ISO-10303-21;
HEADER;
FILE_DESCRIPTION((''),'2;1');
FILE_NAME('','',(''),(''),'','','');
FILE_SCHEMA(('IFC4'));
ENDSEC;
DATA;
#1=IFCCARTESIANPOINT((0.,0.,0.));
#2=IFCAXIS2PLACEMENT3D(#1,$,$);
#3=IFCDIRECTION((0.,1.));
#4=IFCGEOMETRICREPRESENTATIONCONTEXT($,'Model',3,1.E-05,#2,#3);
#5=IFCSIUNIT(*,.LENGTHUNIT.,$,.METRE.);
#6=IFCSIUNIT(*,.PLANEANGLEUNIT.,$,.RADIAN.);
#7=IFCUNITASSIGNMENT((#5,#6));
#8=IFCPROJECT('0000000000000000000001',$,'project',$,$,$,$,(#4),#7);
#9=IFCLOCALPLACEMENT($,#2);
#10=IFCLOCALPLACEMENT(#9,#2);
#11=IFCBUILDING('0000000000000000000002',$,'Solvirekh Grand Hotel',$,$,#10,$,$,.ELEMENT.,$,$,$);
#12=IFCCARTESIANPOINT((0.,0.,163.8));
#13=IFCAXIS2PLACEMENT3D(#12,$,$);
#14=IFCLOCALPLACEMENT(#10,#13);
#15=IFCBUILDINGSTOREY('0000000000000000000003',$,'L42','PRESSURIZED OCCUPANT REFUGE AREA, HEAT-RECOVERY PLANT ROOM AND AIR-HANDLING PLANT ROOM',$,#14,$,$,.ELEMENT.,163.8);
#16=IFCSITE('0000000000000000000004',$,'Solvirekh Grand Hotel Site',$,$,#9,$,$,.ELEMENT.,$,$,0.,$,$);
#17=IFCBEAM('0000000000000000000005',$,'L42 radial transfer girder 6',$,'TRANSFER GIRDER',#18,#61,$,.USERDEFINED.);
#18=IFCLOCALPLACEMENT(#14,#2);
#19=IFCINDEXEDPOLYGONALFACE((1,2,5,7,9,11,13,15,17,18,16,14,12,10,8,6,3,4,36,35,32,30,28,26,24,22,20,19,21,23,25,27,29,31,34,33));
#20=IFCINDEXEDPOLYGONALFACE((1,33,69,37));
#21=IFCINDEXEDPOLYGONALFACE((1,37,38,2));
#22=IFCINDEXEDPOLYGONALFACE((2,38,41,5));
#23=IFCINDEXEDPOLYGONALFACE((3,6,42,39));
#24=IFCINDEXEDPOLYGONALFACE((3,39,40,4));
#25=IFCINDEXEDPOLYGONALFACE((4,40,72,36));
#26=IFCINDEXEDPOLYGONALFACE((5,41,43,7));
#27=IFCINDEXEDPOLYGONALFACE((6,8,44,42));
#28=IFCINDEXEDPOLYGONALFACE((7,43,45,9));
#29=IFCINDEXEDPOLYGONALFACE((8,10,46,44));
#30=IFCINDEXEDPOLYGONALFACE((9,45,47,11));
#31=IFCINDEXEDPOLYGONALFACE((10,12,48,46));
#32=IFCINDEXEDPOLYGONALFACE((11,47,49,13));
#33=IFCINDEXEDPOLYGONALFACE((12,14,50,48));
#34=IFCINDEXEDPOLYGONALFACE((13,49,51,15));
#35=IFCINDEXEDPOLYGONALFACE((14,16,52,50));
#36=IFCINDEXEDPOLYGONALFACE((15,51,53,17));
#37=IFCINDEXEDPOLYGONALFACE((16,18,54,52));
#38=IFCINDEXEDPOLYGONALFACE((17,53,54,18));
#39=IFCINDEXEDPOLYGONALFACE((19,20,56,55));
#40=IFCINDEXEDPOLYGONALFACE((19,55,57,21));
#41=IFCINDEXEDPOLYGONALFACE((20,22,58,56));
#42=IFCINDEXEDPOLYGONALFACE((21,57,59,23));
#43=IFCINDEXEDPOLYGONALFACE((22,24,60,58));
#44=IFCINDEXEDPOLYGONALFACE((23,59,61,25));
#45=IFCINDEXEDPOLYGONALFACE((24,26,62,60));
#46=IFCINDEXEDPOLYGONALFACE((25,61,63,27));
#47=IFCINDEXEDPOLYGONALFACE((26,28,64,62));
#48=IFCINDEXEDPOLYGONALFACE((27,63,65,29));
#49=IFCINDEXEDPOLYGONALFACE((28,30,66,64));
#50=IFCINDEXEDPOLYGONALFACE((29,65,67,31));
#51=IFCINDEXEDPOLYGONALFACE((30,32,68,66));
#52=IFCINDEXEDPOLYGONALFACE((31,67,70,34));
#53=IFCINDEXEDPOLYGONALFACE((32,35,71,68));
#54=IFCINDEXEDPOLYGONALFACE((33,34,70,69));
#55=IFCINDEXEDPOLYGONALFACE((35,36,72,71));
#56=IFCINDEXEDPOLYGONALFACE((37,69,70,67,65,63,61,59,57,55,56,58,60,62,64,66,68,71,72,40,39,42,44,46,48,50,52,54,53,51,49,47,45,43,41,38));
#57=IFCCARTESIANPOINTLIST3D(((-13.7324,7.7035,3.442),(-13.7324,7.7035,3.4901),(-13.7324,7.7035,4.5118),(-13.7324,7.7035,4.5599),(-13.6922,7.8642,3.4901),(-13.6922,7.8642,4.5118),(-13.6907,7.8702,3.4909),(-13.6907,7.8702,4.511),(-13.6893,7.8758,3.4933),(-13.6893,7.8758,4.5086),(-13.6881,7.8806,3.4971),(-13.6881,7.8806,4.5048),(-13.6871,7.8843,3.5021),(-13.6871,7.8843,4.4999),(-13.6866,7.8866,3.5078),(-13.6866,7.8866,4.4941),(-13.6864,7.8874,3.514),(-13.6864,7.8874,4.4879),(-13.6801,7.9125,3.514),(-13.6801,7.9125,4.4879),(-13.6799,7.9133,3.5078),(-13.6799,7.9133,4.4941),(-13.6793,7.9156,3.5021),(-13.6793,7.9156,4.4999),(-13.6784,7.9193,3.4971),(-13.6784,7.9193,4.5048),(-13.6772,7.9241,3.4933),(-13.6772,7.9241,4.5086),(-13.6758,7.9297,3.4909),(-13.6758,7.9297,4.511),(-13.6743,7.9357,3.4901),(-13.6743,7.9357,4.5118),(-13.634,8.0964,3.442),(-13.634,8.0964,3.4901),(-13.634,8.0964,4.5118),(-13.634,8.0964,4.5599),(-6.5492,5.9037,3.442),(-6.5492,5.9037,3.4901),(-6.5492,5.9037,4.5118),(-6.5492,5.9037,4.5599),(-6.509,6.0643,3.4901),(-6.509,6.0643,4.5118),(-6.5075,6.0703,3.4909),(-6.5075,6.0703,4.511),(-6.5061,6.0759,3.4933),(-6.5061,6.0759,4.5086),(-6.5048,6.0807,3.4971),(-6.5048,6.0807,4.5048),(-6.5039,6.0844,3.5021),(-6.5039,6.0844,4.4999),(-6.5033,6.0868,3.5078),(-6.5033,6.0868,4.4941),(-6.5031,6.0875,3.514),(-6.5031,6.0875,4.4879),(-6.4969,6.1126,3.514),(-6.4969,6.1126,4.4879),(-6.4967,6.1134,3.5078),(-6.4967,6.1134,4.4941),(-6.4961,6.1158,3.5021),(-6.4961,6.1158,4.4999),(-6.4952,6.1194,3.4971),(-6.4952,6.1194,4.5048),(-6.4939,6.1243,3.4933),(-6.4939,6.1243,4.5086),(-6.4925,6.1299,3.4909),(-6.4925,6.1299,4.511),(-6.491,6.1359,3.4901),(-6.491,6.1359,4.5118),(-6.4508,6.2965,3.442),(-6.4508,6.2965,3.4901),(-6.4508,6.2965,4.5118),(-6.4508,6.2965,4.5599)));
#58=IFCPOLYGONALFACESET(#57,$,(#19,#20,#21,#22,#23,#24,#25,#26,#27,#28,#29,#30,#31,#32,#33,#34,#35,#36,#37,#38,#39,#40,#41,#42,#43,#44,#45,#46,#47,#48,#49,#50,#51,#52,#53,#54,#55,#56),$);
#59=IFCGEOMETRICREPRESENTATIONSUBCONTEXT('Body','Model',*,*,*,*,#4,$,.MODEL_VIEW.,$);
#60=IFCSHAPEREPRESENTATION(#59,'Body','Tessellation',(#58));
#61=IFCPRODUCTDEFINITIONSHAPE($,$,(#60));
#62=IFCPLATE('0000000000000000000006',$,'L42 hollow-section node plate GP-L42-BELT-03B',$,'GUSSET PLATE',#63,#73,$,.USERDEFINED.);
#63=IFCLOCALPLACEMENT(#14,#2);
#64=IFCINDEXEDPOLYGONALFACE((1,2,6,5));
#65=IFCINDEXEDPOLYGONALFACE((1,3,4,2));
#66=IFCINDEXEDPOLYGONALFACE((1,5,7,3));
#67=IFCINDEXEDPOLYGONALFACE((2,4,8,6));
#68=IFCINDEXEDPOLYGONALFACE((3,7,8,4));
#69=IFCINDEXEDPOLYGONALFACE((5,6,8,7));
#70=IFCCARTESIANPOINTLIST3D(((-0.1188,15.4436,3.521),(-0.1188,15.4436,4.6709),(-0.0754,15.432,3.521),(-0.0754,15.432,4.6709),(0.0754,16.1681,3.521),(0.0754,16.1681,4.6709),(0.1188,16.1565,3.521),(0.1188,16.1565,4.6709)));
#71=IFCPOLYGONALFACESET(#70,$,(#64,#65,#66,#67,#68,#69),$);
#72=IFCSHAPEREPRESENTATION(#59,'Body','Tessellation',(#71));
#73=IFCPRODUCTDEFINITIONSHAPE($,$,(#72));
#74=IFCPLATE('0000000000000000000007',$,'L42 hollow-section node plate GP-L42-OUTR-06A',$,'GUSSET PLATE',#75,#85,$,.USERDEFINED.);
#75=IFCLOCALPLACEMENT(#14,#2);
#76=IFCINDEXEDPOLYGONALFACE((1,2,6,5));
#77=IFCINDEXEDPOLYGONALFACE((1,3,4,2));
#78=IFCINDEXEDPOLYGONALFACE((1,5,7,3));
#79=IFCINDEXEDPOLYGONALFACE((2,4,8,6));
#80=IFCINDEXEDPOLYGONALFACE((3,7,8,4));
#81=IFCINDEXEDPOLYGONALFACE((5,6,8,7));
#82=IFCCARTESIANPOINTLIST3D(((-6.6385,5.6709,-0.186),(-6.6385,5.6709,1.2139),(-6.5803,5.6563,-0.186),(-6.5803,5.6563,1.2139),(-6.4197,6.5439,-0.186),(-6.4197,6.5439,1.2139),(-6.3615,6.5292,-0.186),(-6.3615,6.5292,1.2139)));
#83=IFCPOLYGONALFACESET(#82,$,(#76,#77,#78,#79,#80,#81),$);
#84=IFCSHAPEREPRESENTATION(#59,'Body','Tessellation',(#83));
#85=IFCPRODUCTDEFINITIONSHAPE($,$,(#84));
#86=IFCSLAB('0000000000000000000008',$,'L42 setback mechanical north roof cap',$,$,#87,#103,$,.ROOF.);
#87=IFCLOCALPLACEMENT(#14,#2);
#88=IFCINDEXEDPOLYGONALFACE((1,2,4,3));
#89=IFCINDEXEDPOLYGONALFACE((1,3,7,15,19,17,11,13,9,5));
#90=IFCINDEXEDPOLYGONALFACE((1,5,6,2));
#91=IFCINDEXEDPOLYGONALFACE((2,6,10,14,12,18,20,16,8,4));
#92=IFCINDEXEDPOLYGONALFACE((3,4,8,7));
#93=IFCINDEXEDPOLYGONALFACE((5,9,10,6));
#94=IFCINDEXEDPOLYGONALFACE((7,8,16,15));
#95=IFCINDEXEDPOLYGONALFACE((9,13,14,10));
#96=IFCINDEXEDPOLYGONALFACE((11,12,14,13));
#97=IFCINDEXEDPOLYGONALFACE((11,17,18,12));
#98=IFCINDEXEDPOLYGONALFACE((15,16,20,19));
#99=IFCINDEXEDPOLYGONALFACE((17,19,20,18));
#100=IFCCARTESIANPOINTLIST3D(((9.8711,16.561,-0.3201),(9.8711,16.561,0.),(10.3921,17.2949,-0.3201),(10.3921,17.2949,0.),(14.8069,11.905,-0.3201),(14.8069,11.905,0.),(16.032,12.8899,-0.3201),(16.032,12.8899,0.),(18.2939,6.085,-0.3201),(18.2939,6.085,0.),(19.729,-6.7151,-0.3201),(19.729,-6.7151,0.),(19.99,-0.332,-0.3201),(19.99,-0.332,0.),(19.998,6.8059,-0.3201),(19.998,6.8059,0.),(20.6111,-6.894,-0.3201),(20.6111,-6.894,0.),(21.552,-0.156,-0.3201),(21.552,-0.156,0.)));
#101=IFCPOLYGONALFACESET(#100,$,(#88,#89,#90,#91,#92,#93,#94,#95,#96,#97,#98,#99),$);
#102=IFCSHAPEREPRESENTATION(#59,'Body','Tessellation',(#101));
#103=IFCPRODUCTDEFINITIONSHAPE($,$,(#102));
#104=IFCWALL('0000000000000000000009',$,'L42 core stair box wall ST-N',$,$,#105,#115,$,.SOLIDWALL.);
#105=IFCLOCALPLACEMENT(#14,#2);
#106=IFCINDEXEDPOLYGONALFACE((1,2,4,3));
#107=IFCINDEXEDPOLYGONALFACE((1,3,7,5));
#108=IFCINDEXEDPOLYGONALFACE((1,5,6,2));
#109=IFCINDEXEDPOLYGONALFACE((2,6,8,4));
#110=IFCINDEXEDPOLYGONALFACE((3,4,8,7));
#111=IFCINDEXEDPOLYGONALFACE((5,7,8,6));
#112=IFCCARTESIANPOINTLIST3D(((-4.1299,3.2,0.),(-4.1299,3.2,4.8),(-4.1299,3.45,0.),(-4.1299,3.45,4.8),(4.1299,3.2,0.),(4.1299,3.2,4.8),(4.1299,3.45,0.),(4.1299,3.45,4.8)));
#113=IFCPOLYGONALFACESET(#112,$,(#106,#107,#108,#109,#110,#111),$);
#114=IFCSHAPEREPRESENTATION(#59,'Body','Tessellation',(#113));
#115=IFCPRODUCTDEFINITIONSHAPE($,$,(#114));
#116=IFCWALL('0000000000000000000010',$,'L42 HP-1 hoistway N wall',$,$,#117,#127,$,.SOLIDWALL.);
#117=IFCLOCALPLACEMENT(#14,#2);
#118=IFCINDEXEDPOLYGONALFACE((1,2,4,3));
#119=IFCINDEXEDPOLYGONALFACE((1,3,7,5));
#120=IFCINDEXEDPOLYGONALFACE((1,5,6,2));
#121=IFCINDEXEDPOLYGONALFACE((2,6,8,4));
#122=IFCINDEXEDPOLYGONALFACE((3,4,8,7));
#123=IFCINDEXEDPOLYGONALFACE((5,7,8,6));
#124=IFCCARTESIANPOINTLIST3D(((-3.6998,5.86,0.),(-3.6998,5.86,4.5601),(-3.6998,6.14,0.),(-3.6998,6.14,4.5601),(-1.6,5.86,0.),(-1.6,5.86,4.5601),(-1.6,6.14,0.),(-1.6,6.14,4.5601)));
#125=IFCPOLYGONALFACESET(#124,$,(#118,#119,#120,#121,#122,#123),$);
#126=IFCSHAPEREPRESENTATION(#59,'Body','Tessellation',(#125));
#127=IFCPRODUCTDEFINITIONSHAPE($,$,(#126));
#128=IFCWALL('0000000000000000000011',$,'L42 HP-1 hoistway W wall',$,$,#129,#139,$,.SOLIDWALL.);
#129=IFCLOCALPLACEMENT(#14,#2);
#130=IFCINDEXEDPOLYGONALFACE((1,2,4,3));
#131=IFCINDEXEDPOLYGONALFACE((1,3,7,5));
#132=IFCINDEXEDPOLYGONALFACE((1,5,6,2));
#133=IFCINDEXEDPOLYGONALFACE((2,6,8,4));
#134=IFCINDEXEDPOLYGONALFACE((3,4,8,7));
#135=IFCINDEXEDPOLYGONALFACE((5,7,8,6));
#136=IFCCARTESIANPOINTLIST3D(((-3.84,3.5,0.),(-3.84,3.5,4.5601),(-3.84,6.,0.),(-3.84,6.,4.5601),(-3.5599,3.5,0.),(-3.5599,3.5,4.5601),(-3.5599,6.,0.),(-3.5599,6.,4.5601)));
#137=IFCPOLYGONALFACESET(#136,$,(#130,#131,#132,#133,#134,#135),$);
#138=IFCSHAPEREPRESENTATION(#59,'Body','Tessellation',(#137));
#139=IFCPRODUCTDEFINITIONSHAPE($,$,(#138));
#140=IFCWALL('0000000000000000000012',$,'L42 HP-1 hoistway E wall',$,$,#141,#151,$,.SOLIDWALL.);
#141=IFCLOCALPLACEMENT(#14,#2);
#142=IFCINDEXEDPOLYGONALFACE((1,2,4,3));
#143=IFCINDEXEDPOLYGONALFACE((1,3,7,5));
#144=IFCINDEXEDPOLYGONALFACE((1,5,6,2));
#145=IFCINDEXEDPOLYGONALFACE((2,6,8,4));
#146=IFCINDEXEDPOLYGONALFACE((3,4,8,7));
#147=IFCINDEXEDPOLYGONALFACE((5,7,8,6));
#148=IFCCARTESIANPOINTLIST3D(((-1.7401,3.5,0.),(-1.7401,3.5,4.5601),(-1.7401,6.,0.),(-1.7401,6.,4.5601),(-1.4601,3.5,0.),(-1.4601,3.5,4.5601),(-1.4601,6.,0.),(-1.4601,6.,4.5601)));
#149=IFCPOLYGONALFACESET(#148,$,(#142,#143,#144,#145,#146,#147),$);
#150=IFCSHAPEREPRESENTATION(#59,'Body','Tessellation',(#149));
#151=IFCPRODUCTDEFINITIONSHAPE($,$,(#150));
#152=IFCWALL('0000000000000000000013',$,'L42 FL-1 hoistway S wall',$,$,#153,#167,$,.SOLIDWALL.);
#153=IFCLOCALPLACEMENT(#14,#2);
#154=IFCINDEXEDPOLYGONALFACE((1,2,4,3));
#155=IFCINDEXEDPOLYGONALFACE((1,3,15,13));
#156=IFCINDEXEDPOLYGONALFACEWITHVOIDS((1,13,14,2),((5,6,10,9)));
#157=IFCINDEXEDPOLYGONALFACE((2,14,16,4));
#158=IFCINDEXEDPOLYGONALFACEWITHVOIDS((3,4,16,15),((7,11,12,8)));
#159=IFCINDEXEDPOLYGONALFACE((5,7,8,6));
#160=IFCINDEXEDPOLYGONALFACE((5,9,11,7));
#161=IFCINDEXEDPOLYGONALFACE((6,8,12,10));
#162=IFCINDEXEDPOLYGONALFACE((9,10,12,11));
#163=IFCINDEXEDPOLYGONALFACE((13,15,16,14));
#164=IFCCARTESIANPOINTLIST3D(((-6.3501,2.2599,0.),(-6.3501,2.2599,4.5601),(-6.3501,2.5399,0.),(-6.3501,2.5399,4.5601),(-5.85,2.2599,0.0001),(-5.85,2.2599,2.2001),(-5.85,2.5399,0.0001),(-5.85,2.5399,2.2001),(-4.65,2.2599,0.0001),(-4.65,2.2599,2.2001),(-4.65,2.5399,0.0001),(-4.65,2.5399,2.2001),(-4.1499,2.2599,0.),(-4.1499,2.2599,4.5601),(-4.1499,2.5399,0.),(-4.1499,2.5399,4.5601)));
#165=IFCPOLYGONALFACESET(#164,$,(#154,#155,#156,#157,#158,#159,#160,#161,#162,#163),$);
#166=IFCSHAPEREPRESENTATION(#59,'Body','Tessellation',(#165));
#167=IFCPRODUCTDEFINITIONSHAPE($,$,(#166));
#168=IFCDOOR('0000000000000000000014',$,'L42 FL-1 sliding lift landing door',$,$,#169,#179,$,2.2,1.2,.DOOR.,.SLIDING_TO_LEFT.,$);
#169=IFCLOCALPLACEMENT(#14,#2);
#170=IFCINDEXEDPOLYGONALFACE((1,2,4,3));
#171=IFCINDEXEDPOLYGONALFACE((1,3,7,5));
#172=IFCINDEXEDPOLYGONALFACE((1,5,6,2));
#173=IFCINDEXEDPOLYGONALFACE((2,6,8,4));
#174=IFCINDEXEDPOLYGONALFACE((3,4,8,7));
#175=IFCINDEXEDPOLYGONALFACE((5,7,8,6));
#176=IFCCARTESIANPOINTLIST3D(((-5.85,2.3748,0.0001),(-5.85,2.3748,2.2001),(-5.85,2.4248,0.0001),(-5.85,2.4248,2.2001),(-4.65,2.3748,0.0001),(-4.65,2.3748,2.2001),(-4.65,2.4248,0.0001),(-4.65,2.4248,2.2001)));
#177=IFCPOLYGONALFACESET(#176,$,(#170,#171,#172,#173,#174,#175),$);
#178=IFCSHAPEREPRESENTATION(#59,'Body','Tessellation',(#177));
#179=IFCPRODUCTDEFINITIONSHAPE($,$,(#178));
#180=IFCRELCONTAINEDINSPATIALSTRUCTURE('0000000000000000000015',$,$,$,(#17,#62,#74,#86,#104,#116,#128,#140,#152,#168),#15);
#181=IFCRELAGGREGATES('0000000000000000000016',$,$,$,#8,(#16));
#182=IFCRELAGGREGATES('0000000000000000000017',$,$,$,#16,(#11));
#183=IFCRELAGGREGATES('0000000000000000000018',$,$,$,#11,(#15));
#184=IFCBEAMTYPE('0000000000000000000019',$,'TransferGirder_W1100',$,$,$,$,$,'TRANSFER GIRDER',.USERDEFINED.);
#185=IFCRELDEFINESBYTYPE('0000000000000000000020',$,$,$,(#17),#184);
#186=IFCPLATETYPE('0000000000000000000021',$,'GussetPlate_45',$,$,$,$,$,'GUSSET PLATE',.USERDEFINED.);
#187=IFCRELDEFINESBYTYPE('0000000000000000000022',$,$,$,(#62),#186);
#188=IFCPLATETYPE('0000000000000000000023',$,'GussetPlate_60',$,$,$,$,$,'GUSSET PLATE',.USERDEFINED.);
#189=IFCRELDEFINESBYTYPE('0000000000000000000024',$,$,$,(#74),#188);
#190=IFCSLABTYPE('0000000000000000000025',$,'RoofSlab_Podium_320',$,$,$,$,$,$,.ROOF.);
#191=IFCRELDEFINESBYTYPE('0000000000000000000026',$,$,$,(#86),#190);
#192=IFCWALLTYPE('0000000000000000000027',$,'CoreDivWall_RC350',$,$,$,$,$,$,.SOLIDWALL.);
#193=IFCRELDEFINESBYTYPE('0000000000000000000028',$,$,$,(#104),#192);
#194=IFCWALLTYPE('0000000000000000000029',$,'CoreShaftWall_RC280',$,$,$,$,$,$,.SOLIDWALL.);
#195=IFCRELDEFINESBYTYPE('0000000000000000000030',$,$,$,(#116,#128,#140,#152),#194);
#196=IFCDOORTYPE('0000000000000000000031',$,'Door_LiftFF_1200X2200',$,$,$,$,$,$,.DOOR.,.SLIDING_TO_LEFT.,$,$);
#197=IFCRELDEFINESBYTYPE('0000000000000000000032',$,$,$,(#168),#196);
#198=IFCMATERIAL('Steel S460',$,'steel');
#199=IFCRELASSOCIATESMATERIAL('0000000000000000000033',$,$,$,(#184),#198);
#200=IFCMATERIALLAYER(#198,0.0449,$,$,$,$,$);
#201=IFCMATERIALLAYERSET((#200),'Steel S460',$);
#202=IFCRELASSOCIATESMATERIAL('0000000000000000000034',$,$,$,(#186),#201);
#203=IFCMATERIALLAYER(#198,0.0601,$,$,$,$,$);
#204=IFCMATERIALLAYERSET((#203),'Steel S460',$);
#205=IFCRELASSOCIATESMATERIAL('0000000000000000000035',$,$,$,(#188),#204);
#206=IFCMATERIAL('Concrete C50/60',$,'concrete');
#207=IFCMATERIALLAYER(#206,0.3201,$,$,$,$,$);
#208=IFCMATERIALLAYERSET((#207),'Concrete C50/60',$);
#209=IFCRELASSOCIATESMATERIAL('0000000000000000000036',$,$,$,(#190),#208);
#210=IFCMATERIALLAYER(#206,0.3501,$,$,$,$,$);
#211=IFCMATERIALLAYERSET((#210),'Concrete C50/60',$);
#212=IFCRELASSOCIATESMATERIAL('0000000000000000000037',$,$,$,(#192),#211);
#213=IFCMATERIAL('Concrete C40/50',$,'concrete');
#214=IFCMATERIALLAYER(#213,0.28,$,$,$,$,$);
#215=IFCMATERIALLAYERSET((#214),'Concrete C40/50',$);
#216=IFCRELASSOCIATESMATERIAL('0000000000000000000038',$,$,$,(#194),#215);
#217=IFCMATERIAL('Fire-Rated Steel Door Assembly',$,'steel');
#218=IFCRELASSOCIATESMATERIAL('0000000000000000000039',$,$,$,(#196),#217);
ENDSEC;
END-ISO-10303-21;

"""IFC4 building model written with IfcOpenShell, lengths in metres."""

from ifc_helpers import new_model, si_unit, direction, frame, frame_2d, origin, origin_2d, place, context, subcontext, project, spatial, polyline, rectangle, i_section, outline, extrude, material, layer, layer_set, material_profile, profile_set, type_object, element, fill, save


model = new_model("IFC4")

# Units and contexts
model_context = context("Model", 3, precision=1e-05, world=origin(), true_north=direction((0.0, 1.0)))
body_context = subcontext(model_context, "Body", "Model", "MODEL_VIEW")
ifc_project = project(units=[si_unit("LENGTHUNIT", "METRE"), si_unit("PLANEANGLEUNIT", "RADIAN")], contexts=[model_context])

# Site, building, storey
site_placement = place(None, origin())
site = spatial("IfcSite", under=ifc_project, at=site_placement, Name="Solvirekh Grand Hotel Site", CompositionType="ELEMENT", RefElevation=0.0)
building_placement = place(site_placement, origin())
building = spatial("IfcBuilding", under=site, at=building_placement, Name="Solvirekh Grand Hotel", CompositionType="ELEMENT")
storey_placement = place(building_placement, frame((0.0, 0.0, 163.8)))
storey = spatial("IfcBuildingStorey", under=building, at=storey_placement, Name="L42", Description="PRESSURIZED OCCUPANT REFUGE AREA, HEAT-RECOVERY PLANT ROOM AND AIR-HANDLING PLANT ROOM", CompositionType="ELEMENT", Elevation=163.8)

# Shared definitions
ifc_material_1 = material(Name="Concrete C50/60", Category="concrete")

# Shared definitions
ifc_material_2 = material(Name="Steel S460", Category="steel")

# Beam
ifc_material_profile_1 = material_profile(ifc_material_2, i_section(OverallWidth=0.405, OverallDepth=1.1179, WebThickness=0.0259, FlangeThickness=0.0481, FilletRadius=0.0239, at=origin_2d()), Name="W1100X499")
ifc_profile_set_1 = profile_set([ifc_material_profile_1], Name="Steel S460")
beam_type_1 = type_object("IfcBeamType", Name="TransferGirder_W1100", ElementType="TRANSFER GIRDER", PredefinedType="USERDEFINED", material=ifc_profile_set_1)
beam_1_placement = place(storey_placement, frame((-6.5, 6.1001, 4.001), z_axis=(-0.970014, 0.243048, 0.0), x_axis=(-0.243048, -0.970014, 0.0)))
element("IfcBeam", 1, at=beam_1_placement, inside=storey, type_object=beam_type_1, Name="L42 radial transfer girder 6", ObjectType="TRANSFER GIRDER", PredefinedType="USERDEFINED", context=body_context, shape_type="SweptSolid", body=[
    extrude(i_section(OverallWidth=0.405, OverallDepth=1.1179, WebThickness=0.0259, FlangeThickness=0.0481, FilletRadius=0.0239, at=origin_2d()), origin(), (0.0, 0.0, 1.0), 7.4053),
])

# Plates
ifc_layer_1 = layer(ifc_material_2, 0.0449)
ifc_layer_set_1 = layer_set([ifc_layer_1], Name="Steel S460")
plate_type_1 = type_object("IfcPlateType", Name="GussetPlate_45", ElementType="GUSSET PLATE", PredefinedType="USERDEFINED", material=ifc_layer_set_1)
plate_1_placement = place(storey_placement, frame((0.0, 15.8, 3.521), z_axis=(0.0, 0.0, 1.0), x_axis=(-0.965926, 0.258819, 0.0)))
element("IfcPlate", 2, at=plate_1_placement, inside=storey, type_object=plate_type_1, Name="L42 hollow-section node plate GP-L42-BELT-03B", ObjectType="GUSSET PLATE", PredefinedType="USERDEFINED", context=body_context, shape_type="SweptSolid", body=[
    extrude(rectangle(XDim=0.0449, YDim=0.75, at=origin_2d()), origin(), (0.0, 0.0, 1.0), 1.1499),
])
ifc_layer_2 = layer(ifc_material_2, 0.0601)
ifc_layer_set_2 = layer_set([ifc_layer_2], Name="Steel S460")
plate_type_2 = type_object("IfcPlateType", Name="GussetPlate_60", ElementType="GUSSET PLATE", PredefinedType="USERDEFINED", material=ifc_layer_set_2)
plate_2_placement = place(storey_placement, frame((-6.5, 6.1001, -0.186), z_axis=(0.0, 0.0, 1.0), x_axis=(-0.969999, 0.243107, 0.0)))
element("IfcPlate", 3, at=plate_2_placement, inside=storey, type_object=plate_type_2, Name="L42 hollow-section node plate GP-L42-OUTR-06A", ObjectType="GUSSET PLATE", PredefinedType="USERDEFINED", context=body_context, shape_type="SweptSolid", body=[
    extrude(rectangle(XDim=0.0601, YDim=0.8999, at=origin_2d()), origin(), (0.0, 0.0, 1.0), 1.3999),
])

# Slab
ifc_layer_3 = layer(ifc_material_1, 0.3201)
ifc_layer_set_3 = layer_set([ifc_layer_3], Name="Concrete C50/60")
slab_type = type_object("IfcSlabType", Name="RoofSlab_Podium_320", PredefinedType="ROOF", material=ifc_layer_set_3)
slab_placement = place(storey_placement, frame((0.0, 0.0, -0.3201)))
element("IfcSlab", 4, at=slab_placement, inside=storey, type_object=slab_type, Name="L42 setback mechanical north roof cap", PredefinedType="ROOF", context=body_context, shape_type="SweptSolid", body=[
    extrude(outline(polyline([(20.6111, -6.894), (21.552, -0.156), (19.998, 6.8059), (16.032, 12.8899), (10.3921, 17.2949), (9.8711, 16.561), (14.8069, 11.905), (18.2939, 6.085), (19.99, -0.332), (19.729, -6.7151), (20.6111, -6.894)])), origin(), (0.0, 0.0, 1.0), 0.3201),
])

# Walls
ifc_layer_4 = layer(ifc_material_1, 0.3501)
ifc_layer_set_4 = layer_set([ifc_layer_4], Name="Concrete C50/60")
wall_type_1 = type_object("IfcWallType", Name="CoreDivWall_RC350", PredefinedType="SOLIDWALL", material=ifc_layer_set_4)
wall_1_placement = place(storey_placement, frame((-4.1299, 3.325, 0.0), z_axis=(0.0, 0.0, 1.0), x_axis=(1.0, 0.0, 0.0)))
element("IfcWall", 5, at=wall_1_placement, inside=storey, type_object=wall_type_1, Name="L42 core stair box wall ST-N", PredefinedType="SOLIDWALL", context=body_context, shape_type="SweptSolid", body=[
    extrude(rectangle(XDim=8.2598, YDim=0.25, at=frame_2d((4.1299, 0.0))), origin(), (0.0, 0.0, 1.0), 4.8),
])
ifc_material_3 = material(Name="Concrete C40/50", Category="concrete")
ifc_layer_5 = layer(ifc_material_3, 0.28)
ifc_layer_set_5 = layer_set([ifc_layer_5], Name="Concrete C40/50")
wall_type_2 = type_object("IfcWallType", Name="CoreShaftWall_RC280", PredefinedType="SOLIDWALL", material=ifc_layer_set_5)
wall_2_placement = place(storey_placement, frame((-1.6001, 6.0, 0.0), z_axis=(0.0, 0.0, 1.0), x_axis=(-1.0, 0.0, 0.0)))
element("IfcWall", 6, at=wall_2_placement, inside=storey, type_object=wall_type_2, Name="L42 HP-1 hoistway N wall", PredefinedType="SOLIDWALL", context=body_context, shape_type="SweptSolid", body=[
    extrude(rectangle(XDim=2.0999, YDim=0.28, at=frame_2d((1.0498, 0.0))), origin(), (0.0, 0.0, 1.0), 4.5601),
])
for number, where, z_axis, x_axis, name in (
    (7, (-3.7, 6.0, 0.0), (0.0, 0.0, 1.0), (0.0, -1.0, 0.0), "L42 HP-1 hoistway W wall"),
    (8, (-1.6001, 3.5, 0.0), (0.0, 0.0, 1.0), (0.0, 1.0, 0.0), "L42 HP-1 hoistway E wall"),
):
    element("IfcWall", number, at=place(storey_placement, frame(where, z_axis=z_axis, x_axis=x_axis)), inside=storey, type_object=wall_type_2, Name=name, PredefinedType="SOLIDWALL", context=body_context, shape_type="SweptSolid", body=[
        extrude(rectangle(XDim=2.5, YDim=0.28, at=frame_2d((1.25, 0.0))), origin(), (0.0, 0.0, 1.0), 4.5601),
    ])

# Wall, opening, door
wall_3_placement = place(storey_placement, frame((-6.3501, 2.3999, 0.0), z_axis=(0.0, 0.0, 1.0), x_axis=(1.0, 0.0, 0.0)))
wall_3 = element("IfcWall", 9, at=wall_3_placement, inside=storey, type_object=wall_type_2, Name="L42 FL-1 hoistway S wall", PredefinedType="SOLIDWALL", context=body_context, shape_type="SweptSolid", body=[
    extrude(rectangle(XDim=2.2002, YDim=0.28, at=frame_2d((1.1001, 0.0))), origin(), (0.0, 0.0, 1.0), 4.5601),
])
opening_1_placement = place(wall_3_placement, frame((0.5, 0.0, 0.0)))
opening_1 = element("IfcOpeningElement", 10, at=opening_1_placement, cuts=wall_3, PredefinedType="OPENING", context=body_context, shape_type="SweptSolid", body=[
    extrude(rectangle(XDim=1.2, YDim=2.2, at=frame_2d((0.6001, 1.1001))), frame((0.0, 0.1499, 0.0), z_axis=(0.0, -1.0, 0.0), x_axis=(1.0, 0.0, 0.0)), (0.0, 0.0, 1.0), 0.3),
])
ifc_material_4 = material(Name="Fire-Rated Steel Door Assembly", Category="steel")
door_type_1 = type_object("IfcDoorType", Name="Door_LiftFF_1200X2200", OperationType="SLIDING_TO_LEFT", PredefinedType="DOOR", material=ifc_material_4)
door_1_placement = place(opening_1_placement, origin())
door_1 = element("IfcDoor", 11, at=door_1_placement, inside=storey, type_object=door_type_1, Name="L42 FL-1 sliding lift landing door", OperationType="SLIDING_TO_LEFT", OverallHeight=2.2, OverallWidth=1.2, PredefinedType="DOOR", context=body_context, shape_type="SweptSolid", body=[
    extrude(rectangle(XDim=1.2, YDim=2.2, at=frame_2d((0.6001, 1.1001))), frame((0.0, 0.0249, 0.0), z_axis=(0.0, -1.0, 0.0), x_axis=(1.0, 0.0, 0.0)), (0.0, 0.0, 1.0), 0.05),
])
fill(opening_1, door_1)

save(model, "model.ifc")
